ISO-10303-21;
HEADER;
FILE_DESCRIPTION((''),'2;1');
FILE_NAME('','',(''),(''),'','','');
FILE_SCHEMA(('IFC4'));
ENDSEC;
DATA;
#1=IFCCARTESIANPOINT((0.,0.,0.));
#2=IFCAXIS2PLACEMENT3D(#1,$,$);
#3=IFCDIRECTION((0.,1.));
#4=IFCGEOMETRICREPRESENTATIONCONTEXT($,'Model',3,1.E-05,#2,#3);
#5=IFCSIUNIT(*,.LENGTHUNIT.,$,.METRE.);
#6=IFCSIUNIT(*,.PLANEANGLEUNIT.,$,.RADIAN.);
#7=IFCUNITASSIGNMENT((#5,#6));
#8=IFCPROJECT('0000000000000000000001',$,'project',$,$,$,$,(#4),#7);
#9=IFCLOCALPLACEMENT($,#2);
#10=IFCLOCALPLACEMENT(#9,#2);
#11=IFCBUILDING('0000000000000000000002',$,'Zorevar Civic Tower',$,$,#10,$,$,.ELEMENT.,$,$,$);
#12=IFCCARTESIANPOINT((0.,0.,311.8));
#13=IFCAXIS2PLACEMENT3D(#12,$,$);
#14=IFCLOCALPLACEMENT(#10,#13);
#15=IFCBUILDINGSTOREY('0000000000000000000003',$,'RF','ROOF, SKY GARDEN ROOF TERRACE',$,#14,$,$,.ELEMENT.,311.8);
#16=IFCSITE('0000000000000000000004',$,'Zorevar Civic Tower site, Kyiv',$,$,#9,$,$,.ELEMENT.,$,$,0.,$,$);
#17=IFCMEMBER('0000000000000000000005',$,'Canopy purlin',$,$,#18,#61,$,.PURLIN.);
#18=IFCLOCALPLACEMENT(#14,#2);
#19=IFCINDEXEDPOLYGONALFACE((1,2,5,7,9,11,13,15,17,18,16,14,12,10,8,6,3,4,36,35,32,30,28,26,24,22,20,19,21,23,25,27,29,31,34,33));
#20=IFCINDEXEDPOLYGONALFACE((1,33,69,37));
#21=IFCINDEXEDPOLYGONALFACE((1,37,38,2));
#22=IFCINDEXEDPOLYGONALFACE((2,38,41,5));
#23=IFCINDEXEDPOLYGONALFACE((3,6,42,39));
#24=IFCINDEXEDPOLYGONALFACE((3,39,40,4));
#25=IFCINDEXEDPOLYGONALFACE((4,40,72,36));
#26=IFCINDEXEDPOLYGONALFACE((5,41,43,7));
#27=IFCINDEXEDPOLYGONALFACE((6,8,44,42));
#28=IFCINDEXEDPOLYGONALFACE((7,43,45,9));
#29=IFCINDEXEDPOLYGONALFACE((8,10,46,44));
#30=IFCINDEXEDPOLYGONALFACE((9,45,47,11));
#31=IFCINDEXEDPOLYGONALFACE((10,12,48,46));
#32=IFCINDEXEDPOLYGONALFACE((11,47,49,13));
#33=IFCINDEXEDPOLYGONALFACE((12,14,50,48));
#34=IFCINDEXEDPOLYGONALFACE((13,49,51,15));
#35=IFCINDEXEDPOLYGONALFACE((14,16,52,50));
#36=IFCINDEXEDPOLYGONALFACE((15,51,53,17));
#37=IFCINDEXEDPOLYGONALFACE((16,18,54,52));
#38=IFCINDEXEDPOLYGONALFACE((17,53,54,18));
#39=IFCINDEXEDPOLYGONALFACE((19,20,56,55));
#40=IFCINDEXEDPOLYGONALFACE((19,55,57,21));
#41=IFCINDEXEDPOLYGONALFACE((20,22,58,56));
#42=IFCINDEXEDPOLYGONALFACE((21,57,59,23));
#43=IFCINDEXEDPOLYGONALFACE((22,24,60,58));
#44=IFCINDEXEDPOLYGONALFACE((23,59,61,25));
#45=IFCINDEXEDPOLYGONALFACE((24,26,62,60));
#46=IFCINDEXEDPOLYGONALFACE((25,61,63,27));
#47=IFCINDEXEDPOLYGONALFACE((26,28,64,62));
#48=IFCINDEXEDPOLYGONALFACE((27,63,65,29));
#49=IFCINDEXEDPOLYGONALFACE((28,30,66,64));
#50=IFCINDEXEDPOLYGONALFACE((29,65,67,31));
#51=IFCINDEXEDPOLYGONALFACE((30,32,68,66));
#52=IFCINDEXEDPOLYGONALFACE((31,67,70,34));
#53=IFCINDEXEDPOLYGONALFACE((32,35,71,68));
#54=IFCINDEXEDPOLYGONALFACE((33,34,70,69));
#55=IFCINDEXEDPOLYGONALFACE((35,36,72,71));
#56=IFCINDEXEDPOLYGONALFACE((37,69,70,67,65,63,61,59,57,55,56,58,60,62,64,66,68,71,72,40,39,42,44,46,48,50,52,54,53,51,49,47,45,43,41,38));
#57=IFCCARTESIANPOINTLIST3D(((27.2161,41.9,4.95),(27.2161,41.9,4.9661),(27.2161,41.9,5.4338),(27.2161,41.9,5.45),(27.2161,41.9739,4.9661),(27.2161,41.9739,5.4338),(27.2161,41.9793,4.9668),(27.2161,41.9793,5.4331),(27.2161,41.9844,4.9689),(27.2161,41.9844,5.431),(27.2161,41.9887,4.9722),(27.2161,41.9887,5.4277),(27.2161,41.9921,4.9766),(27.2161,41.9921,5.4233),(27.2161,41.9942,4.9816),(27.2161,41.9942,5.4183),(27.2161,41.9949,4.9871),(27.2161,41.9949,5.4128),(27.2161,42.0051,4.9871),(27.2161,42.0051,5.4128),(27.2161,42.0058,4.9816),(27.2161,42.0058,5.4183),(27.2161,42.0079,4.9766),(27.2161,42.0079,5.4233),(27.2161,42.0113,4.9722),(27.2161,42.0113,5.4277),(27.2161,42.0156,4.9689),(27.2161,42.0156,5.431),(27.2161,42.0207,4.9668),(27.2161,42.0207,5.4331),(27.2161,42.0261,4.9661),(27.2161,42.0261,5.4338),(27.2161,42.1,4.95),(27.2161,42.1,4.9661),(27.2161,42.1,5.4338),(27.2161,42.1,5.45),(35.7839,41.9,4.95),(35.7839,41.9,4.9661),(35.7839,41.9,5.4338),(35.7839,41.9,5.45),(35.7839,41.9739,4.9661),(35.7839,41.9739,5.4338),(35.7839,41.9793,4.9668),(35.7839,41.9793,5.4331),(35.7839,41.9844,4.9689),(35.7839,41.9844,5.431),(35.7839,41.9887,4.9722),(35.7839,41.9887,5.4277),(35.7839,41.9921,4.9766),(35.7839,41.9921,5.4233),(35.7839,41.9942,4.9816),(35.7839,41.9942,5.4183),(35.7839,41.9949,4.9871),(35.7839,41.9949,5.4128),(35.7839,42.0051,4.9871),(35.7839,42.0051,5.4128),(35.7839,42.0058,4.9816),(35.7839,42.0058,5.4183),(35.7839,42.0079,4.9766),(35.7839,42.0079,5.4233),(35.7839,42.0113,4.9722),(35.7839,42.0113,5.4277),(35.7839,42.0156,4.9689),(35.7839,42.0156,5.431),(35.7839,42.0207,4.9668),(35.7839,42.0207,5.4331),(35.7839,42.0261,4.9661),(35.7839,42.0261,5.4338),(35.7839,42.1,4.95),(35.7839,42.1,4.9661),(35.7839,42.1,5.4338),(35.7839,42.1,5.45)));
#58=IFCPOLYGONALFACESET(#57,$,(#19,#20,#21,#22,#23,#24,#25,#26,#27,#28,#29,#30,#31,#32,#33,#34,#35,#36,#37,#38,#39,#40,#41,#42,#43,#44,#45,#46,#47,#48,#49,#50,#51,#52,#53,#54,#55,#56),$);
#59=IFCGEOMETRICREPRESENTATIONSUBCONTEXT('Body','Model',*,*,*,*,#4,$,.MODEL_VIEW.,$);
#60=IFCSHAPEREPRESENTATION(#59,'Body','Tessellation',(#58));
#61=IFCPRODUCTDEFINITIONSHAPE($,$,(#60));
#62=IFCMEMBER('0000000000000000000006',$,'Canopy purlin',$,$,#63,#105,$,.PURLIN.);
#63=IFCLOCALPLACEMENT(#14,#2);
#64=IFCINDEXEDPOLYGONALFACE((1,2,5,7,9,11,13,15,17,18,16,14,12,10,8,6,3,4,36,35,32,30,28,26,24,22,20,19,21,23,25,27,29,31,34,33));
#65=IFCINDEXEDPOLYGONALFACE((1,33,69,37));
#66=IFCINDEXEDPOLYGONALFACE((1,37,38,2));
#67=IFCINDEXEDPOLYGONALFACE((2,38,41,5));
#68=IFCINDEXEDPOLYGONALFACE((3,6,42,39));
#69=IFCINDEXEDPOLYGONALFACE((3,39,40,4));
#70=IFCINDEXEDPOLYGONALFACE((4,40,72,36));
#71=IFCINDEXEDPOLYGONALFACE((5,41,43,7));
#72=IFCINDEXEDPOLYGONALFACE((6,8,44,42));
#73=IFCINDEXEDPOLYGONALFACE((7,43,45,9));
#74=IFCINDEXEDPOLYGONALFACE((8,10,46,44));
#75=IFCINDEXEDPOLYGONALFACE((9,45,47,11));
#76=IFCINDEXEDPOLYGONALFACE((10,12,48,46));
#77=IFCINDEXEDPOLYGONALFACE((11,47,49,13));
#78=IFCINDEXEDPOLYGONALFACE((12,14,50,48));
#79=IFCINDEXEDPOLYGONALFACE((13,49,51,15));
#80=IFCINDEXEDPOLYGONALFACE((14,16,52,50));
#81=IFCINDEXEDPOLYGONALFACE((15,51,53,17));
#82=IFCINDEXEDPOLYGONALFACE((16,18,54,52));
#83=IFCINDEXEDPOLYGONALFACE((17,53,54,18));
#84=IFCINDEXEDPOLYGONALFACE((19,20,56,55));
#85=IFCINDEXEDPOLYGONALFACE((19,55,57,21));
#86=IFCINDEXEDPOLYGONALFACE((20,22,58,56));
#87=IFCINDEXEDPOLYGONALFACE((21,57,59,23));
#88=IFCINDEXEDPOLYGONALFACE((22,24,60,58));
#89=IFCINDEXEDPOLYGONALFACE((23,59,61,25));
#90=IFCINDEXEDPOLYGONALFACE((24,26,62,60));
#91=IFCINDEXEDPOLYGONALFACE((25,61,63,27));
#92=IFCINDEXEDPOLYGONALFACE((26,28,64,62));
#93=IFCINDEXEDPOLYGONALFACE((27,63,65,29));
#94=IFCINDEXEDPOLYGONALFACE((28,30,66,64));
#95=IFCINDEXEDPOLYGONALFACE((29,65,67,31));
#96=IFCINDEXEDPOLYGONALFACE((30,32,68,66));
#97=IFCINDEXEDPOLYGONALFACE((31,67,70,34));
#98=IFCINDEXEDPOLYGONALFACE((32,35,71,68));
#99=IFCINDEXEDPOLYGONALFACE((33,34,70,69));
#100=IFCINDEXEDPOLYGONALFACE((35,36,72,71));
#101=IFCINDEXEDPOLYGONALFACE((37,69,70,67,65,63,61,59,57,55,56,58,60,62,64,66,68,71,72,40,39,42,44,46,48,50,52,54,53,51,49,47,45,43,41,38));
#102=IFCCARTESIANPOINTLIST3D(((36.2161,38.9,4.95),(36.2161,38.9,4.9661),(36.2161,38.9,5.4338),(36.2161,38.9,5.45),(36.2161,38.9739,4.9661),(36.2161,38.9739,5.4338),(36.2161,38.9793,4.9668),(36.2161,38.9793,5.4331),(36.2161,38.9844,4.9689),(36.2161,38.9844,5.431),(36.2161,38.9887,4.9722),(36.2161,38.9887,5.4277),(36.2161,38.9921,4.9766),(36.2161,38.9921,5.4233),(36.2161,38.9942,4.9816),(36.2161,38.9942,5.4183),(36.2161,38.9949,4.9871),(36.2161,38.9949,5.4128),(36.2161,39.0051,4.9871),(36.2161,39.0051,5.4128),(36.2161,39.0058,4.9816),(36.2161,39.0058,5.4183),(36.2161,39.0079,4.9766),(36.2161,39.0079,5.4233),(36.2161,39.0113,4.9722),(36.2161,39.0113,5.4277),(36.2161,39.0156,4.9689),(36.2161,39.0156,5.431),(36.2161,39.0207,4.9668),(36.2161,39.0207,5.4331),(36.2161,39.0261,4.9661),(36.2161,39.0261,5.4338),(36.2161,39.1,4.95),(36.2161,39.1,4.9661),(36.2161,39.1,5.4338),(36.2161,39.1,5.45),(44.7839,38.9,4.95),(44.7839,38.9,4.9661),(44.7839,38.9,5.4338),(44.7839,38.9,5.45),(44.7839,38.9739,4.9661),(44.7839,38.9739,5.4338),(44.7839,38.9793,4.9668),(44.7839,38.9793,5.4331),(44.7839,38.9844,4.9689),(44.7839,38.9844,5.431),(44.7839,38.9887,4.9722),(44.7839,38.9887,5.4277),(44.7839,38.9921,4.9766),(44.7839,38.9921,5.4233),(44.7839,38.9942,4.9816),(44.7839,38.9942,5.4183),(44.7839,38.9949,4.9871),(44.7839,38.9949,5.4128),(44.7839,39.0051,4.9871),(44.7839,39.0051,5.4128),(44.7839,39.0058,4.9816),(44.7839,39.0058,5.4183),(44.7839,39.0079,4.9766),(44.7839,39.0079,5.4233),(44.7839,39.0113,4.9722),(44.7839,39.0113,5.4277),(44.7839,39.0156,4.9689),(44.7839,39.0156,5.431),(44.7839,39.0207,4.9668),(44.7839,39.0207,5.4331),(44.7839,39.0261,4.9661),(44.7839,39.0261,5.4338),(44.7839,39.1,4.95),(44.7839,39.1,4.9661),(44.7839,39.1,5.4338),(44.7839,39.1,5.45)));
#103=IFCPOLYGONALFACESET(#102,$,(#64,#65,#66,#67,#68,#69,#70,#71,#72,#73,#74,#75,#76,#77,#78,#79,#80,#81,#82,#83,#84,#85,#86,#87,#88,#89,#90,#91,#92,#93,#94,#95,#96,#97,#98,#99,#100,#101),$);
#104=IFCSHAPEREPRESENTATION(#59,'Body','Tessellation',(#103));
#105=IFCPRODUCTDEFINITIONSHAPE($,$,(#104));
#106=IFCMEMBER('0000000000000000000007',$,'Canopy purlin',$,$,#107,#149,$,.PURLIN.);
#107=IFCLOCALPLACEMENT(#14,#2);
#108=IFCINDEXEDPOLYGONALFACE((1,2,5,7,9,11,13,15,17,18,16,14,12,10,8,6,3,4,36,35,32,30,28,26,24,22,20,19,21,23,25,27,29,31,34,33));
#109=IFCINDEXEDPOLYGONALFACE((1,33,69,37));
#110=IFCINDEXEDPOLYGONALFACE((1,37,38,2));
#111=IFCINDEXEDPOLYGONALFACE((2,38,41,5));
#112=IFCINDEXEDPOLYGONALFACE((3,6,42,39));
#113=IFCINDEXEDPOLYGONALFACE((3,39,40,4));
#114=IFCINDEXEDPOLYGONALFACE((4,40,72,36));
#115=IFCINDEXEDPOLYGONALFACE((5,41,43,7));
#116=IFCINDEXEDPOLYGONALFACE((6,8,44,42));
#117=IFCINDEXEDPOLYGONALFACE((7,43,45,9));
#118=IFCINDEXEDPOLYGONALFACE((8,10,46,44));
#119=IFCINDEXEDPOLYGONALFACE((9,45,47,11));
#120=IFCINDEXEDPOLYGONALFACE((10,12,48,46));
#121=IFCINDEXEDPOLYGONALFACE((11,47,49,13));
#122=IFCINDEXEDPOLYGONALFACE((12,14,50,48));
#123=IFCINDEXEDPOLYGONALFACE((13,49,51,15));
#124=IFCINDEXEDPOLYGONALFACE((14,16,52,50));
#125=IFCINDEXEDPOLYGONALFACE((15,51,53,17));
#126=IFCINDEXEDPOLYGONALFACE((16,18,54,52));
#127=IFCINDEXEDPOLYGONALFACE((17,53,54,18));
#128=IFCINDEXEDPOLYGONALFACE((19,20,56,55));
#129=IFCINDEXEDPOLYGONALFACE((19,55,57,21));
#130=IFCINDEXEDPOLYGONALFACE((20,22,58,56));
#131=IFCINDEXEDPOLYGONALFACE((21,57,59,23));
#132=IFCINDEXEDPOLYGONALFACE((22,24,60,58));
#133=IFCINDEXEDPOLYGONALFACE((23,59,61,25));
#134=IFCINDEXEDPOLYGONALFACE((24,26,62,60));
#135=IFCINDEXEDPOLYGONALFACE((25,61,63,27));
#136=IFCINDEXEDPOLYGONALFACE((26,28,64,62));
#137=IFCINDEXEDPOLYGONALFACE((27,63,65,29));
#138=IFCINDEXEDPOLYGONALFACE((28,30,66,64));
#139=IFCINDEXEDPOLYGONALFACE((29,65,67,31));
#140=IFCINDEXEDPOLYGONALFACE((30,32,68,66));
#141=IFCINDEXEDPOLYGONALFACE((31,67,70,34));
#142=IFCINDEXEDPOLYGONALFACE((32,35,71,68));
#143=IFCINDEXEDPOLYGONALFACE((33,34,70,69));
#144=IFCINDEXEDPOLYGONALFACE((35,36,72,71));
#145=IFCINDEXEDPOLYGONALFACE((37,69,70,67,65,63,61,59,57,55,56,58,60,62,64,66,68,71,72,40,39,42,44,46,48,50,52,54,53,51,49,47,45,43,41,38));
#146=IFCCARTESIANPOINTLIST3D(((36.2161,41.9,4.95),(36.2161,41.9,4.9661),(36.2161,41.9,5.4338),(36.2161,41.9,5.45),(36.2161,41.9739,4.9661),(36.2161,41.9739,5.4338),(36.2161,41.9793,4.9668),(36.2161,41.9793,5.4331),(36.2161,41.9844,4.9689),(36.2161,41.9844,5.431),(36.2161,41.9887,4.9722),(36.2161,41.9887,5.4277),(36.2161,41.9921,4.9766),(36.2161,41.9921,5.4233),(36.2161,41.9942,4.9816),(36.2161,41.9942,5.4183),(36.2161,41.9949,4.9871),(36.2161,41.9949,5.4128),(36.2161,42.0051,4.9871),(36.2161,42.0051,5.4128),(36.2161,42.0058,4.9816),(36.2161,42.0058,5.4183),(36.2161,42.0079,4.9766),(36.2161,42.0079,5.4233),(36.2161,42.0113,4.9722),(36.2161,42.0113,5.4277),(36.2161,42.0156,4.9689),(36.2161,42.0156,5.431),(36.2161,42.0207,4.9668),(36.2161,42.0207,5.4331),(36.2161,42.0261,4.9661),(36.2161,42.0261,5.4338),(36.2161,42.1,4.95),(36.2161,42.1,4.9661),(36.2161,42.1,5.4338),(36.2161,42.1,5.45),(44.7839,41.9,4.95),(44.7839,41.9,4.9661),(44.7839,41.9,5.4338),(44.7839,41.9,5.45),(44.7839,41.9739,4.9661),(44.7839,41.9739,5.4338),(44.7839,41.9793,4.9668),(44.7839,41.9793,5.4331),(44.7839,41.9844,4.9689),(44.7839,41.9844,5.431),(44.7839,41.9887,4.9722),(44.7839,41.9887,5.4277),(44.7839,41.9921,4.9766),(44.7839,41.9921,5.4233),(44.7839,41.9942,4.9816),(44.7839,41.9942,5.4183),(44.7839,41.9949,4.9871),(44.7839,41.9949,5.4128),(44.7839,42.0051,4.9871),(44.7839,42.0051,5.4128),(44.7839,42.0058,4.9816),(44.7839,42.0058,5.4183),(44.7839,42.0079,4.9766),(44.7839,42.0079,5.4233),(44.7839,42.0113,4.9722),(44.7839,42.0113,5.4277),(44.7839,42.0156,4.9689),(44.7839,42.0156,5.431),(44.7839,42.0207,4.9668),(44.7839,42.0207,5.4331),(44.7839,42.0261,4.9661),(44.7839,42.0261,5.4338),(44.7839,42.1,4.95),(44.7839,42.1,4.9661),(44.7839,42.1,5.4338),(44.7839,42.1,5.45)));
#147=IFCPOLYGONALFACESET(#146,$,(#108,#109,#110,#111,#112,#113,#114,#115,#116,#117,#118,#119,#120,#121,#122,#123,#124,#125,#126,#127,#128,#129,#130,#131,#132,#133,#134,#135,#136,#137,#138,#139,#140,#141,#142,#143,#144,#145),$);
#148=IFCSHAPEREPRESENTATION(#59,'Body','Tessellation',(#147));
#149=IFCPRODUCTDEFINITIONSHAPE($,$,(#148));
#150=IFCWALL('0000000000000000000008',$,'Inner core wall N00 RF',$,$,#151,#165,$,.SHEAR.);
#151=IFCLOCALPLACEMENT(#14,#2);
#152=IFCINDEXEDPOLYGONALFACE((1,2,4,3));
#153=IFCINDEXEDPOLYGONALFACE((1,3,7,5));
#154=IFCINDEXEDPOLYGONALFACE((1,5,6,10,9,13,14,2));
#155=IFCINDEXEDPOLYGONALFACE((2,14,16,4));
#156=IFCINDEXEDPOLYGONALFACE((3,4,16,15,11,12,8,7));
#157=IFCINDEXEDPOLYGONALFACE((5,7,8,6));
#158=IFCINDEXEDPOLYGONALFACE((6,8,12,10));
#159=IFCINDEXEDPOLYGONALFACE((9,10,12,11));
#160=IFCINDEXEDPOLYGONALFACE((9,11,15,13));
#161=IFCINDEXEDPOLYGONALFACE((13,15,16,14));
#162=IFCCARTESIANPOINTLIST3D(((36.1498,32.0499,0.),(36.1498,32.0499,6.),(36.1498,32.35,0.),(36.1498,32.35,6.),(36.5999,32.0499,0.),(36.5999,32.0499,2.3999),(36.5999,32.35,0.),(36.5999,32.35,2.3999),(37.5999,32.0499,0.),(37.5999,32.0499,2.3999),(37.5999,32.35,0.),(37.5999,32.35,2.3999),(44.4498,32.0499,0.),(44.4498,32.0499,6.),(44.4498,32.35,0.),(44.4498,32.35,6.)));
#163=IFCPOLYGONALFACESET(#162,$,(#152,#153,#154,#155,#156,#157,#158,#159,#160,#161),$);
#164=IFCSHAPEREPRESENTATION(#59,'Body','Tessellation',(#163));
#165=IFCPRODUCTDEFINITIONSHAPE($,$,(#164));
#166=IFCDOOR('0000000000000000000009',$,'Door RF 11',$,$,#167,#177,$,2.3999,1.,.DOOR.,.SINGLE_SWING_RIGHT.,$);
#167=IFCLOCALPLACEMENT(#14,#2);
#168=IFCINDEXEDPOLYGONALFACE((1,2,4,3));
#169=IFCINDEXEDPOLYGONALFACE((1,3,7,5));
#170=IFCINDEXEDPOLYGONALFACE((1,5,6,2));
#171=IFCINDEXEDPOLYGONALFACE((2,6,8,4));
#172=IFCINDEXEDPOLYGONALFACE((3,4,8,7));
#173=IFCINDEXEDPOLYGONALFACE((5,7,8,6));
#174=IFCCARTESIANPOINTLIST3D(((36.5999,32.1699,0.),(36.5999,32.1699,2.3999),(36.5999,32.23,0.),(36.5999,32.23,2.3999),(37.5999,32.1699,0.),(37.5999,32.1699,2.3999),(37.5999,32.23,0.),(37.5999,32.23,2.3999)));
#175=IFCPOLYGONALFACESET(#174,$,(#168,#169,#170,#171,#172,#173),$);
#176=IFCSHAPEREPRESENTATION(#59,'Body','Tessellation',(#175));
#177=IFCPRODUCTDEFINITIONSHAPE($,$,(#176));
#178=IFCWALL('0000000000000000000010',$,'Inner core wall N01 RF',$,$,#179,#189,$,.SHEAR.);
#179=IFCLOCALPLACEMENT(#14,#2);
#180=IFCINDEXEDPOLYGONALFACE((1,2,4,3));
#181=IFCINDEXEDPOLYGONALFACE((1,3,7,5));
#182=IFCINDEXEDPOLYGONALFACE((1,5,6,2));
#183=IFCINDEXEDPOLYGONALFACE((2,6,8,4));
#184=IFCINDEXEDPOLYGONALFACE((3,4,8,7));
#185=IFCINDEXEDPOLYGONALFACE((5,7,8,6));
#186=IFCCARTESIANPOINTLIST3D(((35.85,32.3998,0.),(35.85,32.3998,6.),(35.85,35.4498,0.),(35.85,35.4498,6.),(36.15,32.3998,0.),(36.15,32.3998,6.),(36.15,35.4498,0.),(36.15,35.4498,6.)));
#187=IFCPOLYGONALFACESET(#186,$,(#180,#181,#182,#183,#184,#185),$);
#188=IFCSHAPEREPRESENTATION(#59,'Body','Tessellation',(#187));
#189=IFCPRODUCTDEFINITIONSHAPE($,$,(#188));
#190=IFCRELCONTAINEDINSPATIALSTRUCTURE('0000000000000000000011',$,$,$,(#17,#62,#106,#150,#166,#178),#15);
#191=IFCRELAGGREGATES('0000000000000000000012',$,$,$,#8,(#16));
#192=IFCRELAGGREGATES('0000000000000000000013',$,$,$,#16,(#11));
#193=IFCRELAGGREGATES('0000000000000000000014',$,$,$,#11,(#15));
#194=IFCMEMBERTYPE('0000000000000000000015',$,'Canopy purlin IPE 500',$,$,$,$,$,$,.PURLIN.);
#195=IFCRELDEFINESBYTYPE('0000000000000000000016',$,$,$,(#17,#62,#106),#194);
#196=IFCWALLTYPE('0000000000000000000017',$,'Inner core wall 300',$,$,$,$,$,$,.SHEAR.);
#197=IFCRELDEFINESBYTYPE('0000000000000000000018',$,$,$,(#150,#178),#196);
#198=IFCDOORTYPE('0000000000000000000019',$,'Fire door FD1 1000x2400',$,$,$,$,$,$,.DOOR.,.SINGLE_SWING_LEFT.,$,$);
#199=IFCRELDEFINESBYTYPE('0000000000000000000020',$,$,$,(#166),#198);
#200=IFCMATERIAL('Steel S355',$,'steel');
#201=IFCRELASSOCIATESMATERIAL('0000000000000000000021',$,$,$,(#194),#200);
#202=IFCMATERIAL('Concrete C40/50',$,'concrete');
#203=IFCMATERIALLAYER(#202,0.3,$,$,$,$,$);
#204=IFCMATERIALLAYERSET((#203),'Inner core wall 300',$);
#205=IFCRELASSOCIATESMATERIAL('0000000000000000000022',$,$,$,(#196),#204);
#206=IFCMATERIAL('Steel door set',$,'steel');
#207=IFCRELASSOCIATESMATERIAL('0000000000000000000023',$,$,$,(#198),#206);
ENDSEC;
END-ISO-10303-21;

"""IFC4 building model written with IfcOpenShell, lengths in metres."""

from ifc_helpers import new_model, si_unit, direction, frame, frame_2d, origin, origin_2d, place, context, subcontext, project, spatial, rectangle, i_section, extrude, material, layer, layer_set, material_profile, profile_set, type_object, element, fill, save


model = new_model("IFC4")

# Units and contexts
model_context = context("Model", 3, precision=1e-05, world=origin(), true_north=direction((0.0, 1.0)))
body_context = subcontext(model_context, "Body", "Model", "MODEL_VIEW")
ifc_project = project(units=[si_unit("LENGTHUNIT", "METRE"), si_unit("PLANEANGLEUNIT", "RADIAN")], contexts=[model_context])

# Site, building, storey
site_placement = place(None, origin())
site = spatial("IfcSite", under=ifc_project, at=site_placement, Name="Zorevar Civic Tower site, Kyiv", CompositionType="ELEMENT", RefElevation=0.0)
building_placement = place(site_placement, origin())
building = spatial("IfcBuilding", under=site, at=building_placement, Name="Zorevar Civic Tower", CompositionType="ELEMENT")
storey_placement = place(building_placement, frame((0.0, 0.0, 311.8)))
storey = spatial("IfcBuildingStorey", under=building, at=storey_placement, Name="RF", Description="ROOF, SKY GARDEN ROOF TERRACE", CompositionType="ELEMENT", Elevation=311.8)

# Members
ifc_material_1 = material(Name="Steel S355", Category="steel")
ifc_material_profile_1 = material_profile(ifc_material_1, i_section(OverallWidth=0.2, OverallDepth=0.5, WebThickness=0.0103, FlangeThickness=0.0161, FilletRadius=0.021, at=origin_2d()), Name="IPE 500")
ifc_profile_set_1 = profile_set([ifc_material_profile_1], Name="Steel S355")
member_type_1 = type_object("IfcMemberType", Name="Canopy purlin IPE 500", PredefinedType="PURLIN", material=ifc_profile_set_1)
for number, where, z_axis, x_axis, name in (
    (1, (27.2161, 42.0, 5.2), (1.0, 0.0, 0.0), (0.0, 1.0, 0.0), "Canopy purlin"),
    (2, (36.2161, 39.0, 5.2), (1.0, 0.0, 0.0), (0.0, 1.0, 0.0), "Canopy purlin"),
    (3, (36.2161, 42.0, 5.2), (1.0, 0.0, 0.0), (0.0, 1.0, 0.0), "Canopy purlin"),
):
    element("IfcMember", number, at=place(storey_placement, frame(where, z_axis=z_axis, x_axis=x_axis)), inside=storey, type_object=member_type_1, Name=name, PredefinedType="PURLIN", context=body_context, shape_type="SweptSolid", body=[
        extrude(i_section(OverallWidth=0.2, OverallDepth=0.5, WebThickness=0.0103, FlangeThickness=0.0161, FilletRadius=0.021, at=origin_2d()), origin(), (0.0, 0.0, 1.0), 8.5679),
    ])

# Wall, opening, door
ifc_material_2 = material(Name="Concrete C40/50", Category="concrete")
ifc_layer_1 = layer(ifc_material_2, 0.3)
ifc_layer_set_1 = layer_set([ifc_layer_1], Name="Inner core wall 300")
wall_type_1 = type_object("IfcWallType", Name="Inner core wall 300", PredefinedType="SHEAR", material=ifc_layer_set_1)
wall_1_placement = place(storey_placement, frame((36.1499, 32.2, 0.0), z_axis=(0.0, 0.0, 1.0), x_axis=(1.0, 0.0, 0.0)))
wall_1 = element("IfcWall", 4, at=wall_1_placement, inside=storey, type_object=wall_type_1, Name="Inner core wall N00 RF", PredefinedType="SHEAR", context=body_context, shape_type="SweptSolid", body=[
    extrude(rectangle(XDim=8.3, YDim=0.3, at=frame_2d((4.1499, 0.0))), origin(), (0.0, 0.0, 1.0), 6.0),
])
opening_1_placement = place(wall_1_placement, frame((0.45, 0.0, 0.0)))
opening_1 = element("IfcOpeningElement", 5, at=opening_1_placement, cuts=wall_1, PredefinedType="OPENING", context=body_context, shape_type="SweptSolid", body=[
    extrude(rectangle(XDim=1.0, YDim=2.3999, at=frame_2d((0.5, 1.2))), frame((0.0, 0.1599, 0.0), z_axis=(0.0, -1.0, 0.0), x_axis=(1.0, 0.0, 0.0)), (0.0, 0.0, 1.0), 0.3201),
])
ifc_material_3 = material(Name="Steel door set", Category="steel")
door_type = type_object("IfcDoorType", Name="Fire door FD1 1000x2400", OperationType="SINGLE_SWING_LEFT", PredefinedType="DOOR", material=ifc_material_3)
door_1_placement = place(opening_1_placement, origin())
door_1 = element("IfcDoor", 6, at=door_1_placement, inside=storey, type_object=door_type, Name="Door RF 11", OperationType="SINGLE_SWING_RIGHT", OverallHeight=2.3999, OverallWidth=1.0, PredefinedType="DOOR", context=body_context, shape_type="SweptSolid", body=[
    extrude(rectangle(XDim=1.0, YDim=2.3999, at=frame_2d((0.5, 1.2))), frame((0.0, 0.03, 0.0), z_axis=(0.0, -1.0, 0.0), x_axis=(1.0, 0.0, 0.0)), (0.0, 0.0, 1.0), 0.0601),
])
fill(opening_1, door_1)

# Wall
wall_2_placement = place(storey_placement, frame((36.0, 32.3999, 0.0), z_axis=(0.0, 0.0, 1.0), x_axis=(0.0, 1.0, 0.0)))
element("IfcWall", 7, at=wall_2_placement, inside=storey, type_object=wall_type_1, Name="Inner core wall N01 RF", PredefinedType="SHEAR", context=body_context, shape_type="SweptSolid", body=[
    extrude(rectangle(XDim=3.05, YDim=0.3, at=frame_2d((1.5249, 0.0))), origin(), (0.0, 0.0, 1.0), 6.0),
])

save(model, "model.ifc")
